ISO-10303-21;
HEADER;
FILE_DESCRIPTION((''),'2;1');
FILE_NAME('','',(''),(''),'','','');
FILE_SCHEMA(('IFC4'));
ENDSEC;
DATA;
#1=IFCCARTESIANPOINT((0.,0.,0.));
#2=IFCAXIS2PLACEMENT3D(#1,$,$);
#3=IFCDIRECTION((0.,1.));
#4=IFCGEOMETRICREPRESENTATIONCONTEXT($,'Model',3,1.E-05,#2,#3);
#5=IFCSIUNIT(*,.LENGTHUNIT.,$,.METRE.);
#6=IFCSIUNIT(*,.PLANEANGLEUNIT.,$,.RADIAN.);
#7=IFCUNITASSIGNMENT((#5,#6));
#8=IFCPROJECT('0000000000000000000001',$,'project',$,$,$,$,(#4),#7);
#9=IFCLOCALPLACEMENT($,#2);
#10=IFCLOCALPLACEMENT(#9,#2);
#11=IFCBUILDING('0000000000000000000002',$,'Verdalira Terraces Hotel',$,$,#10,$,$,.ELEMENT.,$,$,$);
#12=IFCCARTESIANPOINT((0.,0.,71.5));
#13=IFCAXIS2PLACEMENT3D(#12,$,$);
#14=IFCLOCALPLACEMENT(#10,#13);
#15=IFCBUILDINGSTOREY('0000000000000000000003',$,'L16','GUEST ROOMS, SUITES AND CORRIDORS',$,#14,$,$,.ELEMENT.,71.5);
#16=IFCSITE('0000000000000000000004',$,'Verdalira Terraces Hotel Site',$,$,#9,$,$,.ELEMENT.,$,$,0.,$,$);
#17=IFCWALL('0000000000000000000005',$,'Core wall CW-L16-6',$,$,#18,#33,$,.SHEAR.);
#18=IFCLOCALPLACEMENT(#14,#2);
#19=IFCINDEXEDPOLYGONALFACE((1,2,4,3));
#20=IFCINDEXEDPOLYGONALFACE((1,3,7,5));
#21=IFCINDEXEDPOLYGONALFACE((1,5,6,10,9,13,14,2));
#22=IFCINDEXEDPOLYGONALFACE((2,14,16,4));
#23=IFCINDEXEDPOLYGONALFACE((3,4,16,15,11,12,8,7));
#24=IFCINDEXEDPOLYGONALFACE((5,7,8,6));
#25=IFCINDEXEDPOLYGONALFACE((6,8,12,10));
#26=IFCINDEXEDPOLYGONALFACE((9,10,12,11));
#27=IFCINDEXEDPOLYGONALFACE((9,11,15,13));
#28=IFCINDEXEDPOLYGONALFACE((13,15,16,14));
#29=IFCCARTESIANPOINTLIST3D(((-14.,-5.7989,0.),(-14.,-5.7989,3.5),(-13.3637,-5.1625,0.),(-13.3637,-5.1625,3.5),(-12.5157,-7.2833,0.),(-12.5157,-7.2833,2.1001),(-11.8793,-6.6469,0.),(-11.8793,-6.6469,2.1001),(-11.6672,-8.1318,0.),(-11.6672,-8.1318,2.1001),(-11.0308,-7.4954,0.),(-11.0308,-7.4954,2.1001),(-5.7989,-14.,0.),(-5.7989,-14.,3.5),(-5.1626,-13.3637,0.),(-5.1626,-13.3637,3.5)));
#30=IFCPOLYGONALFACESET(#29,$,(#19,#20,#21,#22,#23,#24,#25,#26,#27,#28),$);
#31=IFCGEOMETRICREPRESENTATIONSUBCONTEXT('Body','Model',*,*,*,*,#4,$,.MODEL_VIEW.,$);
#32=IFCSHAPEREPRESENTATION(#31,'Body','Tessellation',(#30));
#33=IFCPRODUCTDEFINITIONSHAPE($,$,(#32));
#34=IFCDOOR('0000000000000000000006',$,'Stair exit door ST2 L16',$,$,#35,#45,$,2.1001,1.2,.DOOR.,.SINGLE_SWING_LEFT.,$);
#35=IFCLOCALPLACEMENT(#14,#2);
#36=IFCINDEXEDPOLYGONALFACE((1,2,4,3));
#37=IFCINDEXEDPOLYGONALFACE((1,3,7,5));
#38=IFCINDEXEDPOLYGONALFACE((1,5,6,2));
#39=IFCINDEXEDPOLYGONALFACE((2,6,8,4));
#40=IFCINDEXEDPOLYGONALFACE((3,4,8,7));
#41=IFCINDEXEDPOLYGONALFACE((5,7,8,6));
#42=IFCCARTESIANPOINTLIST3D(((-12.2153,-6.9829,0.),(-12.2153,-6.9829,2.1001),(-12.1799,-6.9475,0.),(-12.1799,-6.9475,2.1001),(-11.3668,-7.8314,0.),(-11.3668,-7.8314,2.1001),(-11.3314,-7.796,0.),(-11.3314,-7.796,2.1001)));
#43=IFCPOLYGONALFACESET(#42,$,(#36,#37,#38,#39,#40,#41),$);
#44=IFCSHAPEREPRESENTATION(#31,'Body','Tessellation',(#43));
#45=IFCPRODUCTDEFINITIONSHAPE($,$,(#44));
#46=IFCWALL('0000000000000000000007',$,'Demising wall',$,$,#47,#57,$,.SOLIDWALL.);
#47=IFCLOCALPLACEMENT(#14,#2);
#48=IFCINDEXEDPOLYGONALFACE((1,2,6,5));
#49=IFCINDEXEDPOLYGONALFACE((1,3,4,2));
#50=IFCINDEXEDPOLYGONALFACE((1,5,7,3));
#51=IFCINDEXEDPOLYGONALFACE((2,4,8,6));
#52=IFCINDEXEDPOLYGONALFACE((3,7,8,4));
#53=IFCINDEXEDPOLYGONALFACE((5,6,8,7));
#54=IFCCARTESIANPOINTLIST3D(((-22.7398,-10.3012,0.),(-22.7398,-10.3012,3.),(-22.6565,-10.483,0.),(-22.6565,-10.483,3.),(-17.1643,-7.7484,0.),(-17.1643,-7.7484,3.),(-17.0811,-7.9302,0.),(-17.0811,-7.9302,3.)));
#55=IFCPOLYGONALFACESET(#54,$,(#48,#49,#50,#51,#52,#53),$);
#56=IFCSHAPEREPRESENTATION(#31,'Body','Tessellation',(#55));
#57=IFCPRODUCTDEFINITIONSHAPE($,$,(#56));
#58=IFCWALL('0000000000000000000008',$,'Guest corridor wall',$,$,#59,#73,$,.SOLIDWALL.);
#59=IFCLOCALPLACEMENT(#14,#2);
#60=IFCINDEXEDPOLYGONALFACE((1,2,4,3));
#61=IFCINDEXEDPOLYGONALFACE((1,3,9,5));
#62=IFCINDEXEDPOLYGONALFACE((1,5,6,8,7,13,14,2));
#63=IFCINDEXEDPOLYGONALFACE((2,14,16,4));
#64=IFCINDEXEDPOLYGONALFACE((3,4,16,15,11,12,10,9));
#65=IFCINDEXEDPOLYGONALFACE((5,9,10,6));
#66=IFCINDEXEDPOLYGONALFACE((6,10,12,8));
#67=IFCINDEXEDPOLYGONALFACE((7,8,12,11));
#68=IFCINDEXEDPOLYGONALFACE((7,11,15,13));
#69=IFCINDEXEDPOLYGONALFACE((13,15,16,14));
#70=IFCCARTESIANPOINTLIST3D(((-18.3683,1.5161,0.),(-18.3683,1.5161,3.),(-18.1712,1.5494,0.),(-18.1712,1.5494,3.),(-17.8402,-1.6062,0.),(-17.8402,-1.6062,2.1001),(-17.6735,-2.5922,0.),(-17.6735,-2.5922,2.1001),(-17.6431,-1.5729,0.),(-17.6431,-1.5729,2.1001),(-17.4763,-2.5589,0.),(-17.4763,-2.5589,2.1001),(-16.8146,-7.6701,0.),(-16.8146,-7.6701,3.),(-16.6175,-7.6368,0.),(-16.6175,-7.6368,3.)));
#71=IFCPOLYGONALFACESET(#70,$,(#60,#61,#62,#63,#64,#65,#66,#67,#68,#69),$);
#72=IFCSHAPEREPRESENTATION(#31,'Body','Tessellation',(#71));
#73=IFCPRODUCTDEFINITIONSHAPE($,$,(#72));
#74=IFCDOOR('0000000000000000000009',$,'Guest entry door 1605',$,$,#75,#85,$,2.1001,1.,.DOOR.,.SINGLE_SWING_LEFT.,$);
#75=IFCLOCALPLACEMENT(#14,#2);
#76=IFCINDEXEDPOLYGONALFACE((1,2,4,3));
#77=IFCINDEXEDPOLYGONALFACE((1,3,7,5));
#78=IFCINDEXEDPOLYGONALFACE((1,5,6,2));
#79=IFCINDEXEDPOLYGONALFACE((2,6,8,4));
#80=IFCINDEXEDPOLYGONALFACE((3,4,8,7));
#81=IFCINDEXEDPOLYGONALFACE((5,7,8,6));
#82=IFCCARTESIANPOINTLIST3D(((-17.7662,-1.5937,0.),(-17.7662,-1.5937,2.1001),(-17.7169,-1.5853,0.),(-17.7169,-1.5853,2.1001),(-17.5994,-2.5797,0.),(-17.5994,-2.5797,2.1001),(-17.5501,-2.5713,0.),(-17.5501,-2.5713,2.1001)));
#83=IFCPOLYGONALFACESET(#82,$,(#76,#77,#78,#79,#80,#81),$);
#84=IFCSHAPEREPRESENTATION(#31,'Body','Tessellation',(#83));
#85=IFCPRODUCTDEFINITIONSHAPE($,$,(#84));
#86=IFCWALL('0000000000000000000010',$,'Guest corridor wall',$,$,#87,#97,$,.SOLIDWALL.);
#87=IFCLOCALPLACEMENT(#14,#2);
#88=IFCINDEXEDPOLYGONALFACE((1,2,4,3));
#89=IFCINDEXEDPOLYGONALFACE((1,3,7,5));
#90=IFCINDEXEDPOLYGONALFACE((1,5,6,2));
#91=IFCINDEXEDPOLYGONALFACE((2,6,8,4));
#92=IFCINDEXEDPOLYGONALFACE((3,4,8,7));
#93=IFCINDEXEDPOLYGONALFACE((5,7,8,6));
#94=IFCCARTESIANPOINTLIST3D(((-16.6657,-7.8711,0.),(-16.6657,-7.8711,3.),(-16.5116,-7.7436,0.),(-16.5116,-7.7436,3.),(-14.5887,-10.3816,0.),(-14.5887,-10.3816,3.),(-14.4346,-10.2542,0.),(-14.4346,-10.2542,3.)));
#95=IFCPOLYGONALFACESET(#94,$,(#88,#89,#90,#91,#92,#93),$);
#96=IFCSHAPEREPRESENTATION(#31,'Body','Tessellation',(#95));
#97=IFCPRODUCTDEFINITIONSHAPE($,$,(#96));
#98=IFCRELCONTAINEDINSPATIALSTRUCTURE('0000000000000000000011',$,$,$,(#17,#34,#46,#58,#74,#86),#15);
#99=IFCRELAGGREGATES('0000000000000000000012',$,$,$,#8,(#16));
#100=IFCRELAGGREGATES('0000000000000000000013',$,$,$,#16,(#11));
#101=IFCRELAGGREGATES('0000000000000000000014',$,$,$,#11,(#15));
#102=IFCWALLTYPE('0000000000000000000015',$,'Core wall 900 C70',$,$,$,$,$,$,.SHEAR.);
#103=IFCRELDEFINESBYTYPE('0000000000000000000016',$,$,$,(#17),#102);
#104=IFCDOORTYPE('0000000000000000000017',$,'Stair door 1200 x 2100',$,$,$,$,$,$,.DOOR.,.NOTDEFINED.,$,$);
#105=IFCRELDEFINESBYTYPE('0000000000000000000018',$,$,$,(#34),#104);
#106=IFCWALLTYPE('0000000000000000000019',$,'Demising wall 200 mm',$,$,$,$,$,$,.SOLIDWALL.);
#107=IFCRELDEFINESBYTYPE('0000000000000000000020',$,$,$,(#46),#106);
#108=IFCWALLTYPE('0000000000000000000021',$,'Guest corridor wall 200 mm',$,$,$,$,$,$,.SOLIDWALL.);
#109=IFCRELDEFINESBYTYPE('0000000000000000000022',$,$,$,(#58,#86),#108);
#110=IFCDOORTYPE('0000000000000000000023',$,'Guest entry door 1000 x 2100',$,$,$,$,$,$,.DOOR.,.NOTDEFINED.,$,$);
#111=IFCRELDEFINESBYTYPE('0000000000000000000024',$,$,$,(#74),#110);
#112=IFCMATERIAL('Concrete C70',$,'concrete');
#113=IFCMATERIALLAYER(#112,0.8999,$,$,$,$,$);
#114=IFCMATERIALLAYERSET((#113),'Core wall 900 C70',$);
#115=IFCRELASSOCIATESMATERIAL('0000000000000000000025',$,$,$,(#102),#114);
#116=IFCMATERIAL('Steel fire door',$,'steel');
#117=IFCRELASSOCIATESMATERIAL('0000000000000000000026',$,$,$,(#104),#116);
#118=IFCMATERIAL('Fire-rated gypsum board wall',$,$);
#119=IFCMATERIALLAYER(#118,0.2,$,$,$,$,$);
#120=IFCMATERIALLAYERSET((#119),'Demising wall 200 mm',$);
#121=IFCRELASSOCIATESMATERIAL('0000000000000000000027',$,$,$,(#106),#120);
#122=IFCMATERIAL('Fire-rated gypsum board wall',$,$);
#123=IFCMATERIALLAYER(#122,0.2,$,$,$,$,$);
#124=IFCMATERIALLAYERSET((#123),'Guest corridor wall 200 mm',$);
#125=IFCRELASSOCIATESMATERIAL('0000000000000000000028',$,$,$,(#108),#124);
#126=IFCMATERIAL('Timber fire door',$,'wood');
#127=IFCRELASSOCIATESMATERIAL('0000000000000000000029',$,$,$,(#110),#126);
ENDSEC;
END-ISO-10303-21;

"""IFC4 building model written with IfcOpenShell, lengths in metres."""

from ifc_helpers import new_model, si_unit, direction, frame, frame_2d, origin, place, context, subcontext, project, spatial, rectangle, extrude, material, layer, layer_set, type_object, element, fill, save


model = new_model("IFC4")

# Units and contexts
model_context = context("Model", 3, precision=1e-05, world=origin(), true_north=direction((0.0, 1.0)))
body_context = subcontext(model_context, "Body", "Model", "MODEL_VIEW")
ifc_project = project(units=[si_unit("LENGTHUNIT", "METRE"), si_unit("PLANEANGLEUNIT", "RADIAN")], contexts=[model_context])

# Site, building, storey
site_placement = place(None, origin())
site = spatial("IfcSite", under=ifc_project, at=site_placement, Name="Verdalira Terraces Hotel Site", CompositionType="ELEMENT", RefElevation=0.0)
building_placement = place(site_placement, origin())
building = spatial("IfcBuilding", under=site, at=building_placement, Name="Verdalira Terraces Hotel", CompositionType="ELEMENT")
storey_placement = place(building_placement, frame((0.0, 0.0, 71.5)))
storey = spatial("IfcBuildingStorey", under=building, at=storey_placement, Name="L16", Description="GUEST ROOMS, SUITES AND CORRIDORS", CompositionType="ELEMENT", Elevation=71.5)

# Wall, opening, door
ifc_material_1 = material(Name="Concrete C70", Category="concrete")
ifc_layer_1 = layer(ifc_material_1, 0.8999)
ifc_layer_set_1 = layer_set([ifc_layer_1], Name="Core wall 900 C70")
wall_type_1 = type_object("IfcWallType", Name="Core wall 900 C70", PredefinedType="SHEAR", material=ifc_layer_set_1)
wall_1_placement = place(storey_placement, frame((-13.6819, -5.4807, 0.0), z_axis=(0.0, 0.0, 1.0), x_axis=(0.707107, -0.707107, 0.0)))
wall_1 = element("IfcWall", 1, at=wall_1_placement, inside=storey, type_object=wall_type_1, Name="Core wall CW-L16-6", PredefinedType="SHEAR", context=body_context, shape_type="SweptSolid", body=[
    extrude(rectangle(XDim=11.5981, YDim=0.8999, at=frame_2d((5.7991, 0.0))), origin(), (0.0, 0.0, 1.0), 3.5),
])
opening_1_placement = place(wall_1_placement, frame((2.0991, 0.0, 0.0)))
opening_1 = element("IfcOpeningElement", 2, at=opening_1_placement, cuts=wall_1, PredefinedType="OPENING", context=body_context, shape_type="SweptSolid", body=[
    extrude(rectangle(XDim=1.2, YDim=2.1001, at=frame_2d((0.6001, 1.05))), frame((0.0, 0.46, 0.0), z_axis=(0.0, -1.0, 0.0), x_axis=(1.0, 0.0, 0.0)), (0.0, 0.0, 1.0), 0.9199),
])
ifc_material_2 = material(Name="Steel fire door", Category="steel")
door_type_1 = type_object("IfcDoorType", Name="Stair door 1200 x 2100", OperationType="NOTDEFINED", PredefinedType="DOOR", material=ifc_material_2)
door_1_placement = place(opening_1_placement, origin())
door_1 = element("IfcDoor", 3, at=door_1_placement, inside=storey, type_object=door_type_1, Name="Stair exit door ST2 L16", OperationType="SINGLE_SWING_LEFT", OverallHeight=2.1001, OverallWidth=1.2, PredefinedType="DOOR", context=body_context, shape_type="SweptSolid", body=[
    extrude(rectangle(XDim=1.2, YDim=2.1001, at=frame_2d((0.6001, 1.05))), frame((0.0, 0.0249, 0.0), z_axis=(0.0, -1.0, 0.0), x_axis=(1.0, 0.0, 0.0)), (0.0, 0.0, 1.0), 0.05),
])
fill(opening_1, door_1)

# Wall
ifc_material_3 = material(Name="Fire-rated gypsum board wall")
ifc_layer_2 = layer(ifc_material_3, 0.2)
ifc_layer_set_2 = layer_set([ifc_layer_2], Name="Demising wall 200 mm")
wall_type_2 = type_object("IfcWallType", Name="Demising wall 200 mm", PredefinedType="SOLIDWALL", material=ifc_layer_set_2)
wall_2_placement = place(storey_placement, frame((-17.1228, -7.8394, 0.0), z_axis=(0.0, 0.0, 1.0), x_axis=(-0.90923, -0.416294, 0.0)))
element("IfcWall", 4, at=wall_2_placement, inside=storey, type_object=wall_type_2, Name="Demising wall", PredefinedType="SOLIDWALL", context=body_context, shape_type="SweptSolid", body=[
    extrude(rectangle(XDim=6.1321, YDim=0.2, at=frame_2d((3.0659, 0.0))), origin(), (0.0, 0.0, 1.0), 3.0),
])

# Wall, opening, door
ifc_material_4 = material(Name="Fire-rated gypsum board wall")
ifc_layer_3 = layer(ifc_material_4, 0.2)
ifc_layer_set_3 = layer_set([ifc_layer_3], Name="Guest corridor wall 200 mm")
wall_type_3 = type_object("IfcWallType", Name="Guest corridor wall 200 mm", PredefinedType="SOLIDWALL", material=ifc_layer_set_3)
wall_3_placement = place(storey_placement, frame((-16.7161, -7.6533, 0.0), z_axis=(0.0, 0.0, 1.0), x_axis=(-0.166765, 0.985997, 0.0)))
wall_3 = element("IfcWall", 5, at=wall_3_placement, inside=storey, type_object=wall_type_3, Name="Guest corridor wall", PredefinedType="SOLIDWALL", context=body_context, shape_type="SweptSolid", body=[
    extrude(rectangle(XDim=9.3166, YDim=0.2, at=frame_2d((4.6582, 0.0))), origin(), (0.0, 0.0, 1.0), 3.0),
])
opening_2_placement = place(wall_3_placement, frame((5.1499, 0.0, 0.0)))
opening_2 = element("IfcOpeningElement", 6, at=opening_2_placement, cuts=wall_3, PredefinedType="OPENING", context=body_context, shape_type="SweptSolid", body=[
    extrude(rectangle(XDim=1.0, YDim=2.1001, at=frame_2d((0.5, 1.05))), frame((0.0, 0.1099, 0.0), z_axis=(0.0, -1.0, 0.0), x_axis=(1.0, 0.0, 0.0)), (0.0, 0.0, 1.0), 0.22),
])
ifc_material_5 = material(Name="Timber fire door", Category="wood")
door_type_2 = type_object("IfcDoorType", Name="Guest entry door 1000 x 2100", OperationType="NOTDEFINED", PredefinedType="DOOR", material=ifc_material_5)
door_2_placement = place(opening_2_placement, origin())
door_2 = element("IfcDoor", 7, at=door_2_placement, inside=storey, type_object=door_type_2, Name="Guest entry door 1605", OperationType="SINGLE_SWING_LEFT", OverallHeight=2.1001, OverallWidth=1.0, PredefinedType="DOOR", context=body_context, shape_type="SweptSolid", body=[
    extrude(rectangle(XDim=1.0, YDim=2.1001, at=frame_2d((0.5, 1.05))), frame((0.0, 0.0249, 0.0), z_axis=(0.0, -1.0, 0.0), x_axis=(1.0, 0.0, 0.0)), (0.0, 0.0, 1.0), 0.05),
])
fill(opening_2, door_2)

# Wall
wall_4_placement = place(storey_placement, frame((-16.5886, -7.8074, 0.0), z_axis=(0.0, 0.0, 1.0), x_axis=(0.637431, -0.770507, 0.0)))
element("IfcWall", 8, at=wall_4_placement, inside=storey, type_object=wall_type_3, Name="Guest corridor wall", PredefinedType="SOLIDWALL", context=body_context, shape_type="SweptSolid", body=[
    extrude(rectangle(XDim=3.2583, YDim=0.2, at=frame_2d((1.6292, 0.0))), origin(), (0.0, 0.0, 1.0), 3.0),
])

save(model, "model.ifc")
